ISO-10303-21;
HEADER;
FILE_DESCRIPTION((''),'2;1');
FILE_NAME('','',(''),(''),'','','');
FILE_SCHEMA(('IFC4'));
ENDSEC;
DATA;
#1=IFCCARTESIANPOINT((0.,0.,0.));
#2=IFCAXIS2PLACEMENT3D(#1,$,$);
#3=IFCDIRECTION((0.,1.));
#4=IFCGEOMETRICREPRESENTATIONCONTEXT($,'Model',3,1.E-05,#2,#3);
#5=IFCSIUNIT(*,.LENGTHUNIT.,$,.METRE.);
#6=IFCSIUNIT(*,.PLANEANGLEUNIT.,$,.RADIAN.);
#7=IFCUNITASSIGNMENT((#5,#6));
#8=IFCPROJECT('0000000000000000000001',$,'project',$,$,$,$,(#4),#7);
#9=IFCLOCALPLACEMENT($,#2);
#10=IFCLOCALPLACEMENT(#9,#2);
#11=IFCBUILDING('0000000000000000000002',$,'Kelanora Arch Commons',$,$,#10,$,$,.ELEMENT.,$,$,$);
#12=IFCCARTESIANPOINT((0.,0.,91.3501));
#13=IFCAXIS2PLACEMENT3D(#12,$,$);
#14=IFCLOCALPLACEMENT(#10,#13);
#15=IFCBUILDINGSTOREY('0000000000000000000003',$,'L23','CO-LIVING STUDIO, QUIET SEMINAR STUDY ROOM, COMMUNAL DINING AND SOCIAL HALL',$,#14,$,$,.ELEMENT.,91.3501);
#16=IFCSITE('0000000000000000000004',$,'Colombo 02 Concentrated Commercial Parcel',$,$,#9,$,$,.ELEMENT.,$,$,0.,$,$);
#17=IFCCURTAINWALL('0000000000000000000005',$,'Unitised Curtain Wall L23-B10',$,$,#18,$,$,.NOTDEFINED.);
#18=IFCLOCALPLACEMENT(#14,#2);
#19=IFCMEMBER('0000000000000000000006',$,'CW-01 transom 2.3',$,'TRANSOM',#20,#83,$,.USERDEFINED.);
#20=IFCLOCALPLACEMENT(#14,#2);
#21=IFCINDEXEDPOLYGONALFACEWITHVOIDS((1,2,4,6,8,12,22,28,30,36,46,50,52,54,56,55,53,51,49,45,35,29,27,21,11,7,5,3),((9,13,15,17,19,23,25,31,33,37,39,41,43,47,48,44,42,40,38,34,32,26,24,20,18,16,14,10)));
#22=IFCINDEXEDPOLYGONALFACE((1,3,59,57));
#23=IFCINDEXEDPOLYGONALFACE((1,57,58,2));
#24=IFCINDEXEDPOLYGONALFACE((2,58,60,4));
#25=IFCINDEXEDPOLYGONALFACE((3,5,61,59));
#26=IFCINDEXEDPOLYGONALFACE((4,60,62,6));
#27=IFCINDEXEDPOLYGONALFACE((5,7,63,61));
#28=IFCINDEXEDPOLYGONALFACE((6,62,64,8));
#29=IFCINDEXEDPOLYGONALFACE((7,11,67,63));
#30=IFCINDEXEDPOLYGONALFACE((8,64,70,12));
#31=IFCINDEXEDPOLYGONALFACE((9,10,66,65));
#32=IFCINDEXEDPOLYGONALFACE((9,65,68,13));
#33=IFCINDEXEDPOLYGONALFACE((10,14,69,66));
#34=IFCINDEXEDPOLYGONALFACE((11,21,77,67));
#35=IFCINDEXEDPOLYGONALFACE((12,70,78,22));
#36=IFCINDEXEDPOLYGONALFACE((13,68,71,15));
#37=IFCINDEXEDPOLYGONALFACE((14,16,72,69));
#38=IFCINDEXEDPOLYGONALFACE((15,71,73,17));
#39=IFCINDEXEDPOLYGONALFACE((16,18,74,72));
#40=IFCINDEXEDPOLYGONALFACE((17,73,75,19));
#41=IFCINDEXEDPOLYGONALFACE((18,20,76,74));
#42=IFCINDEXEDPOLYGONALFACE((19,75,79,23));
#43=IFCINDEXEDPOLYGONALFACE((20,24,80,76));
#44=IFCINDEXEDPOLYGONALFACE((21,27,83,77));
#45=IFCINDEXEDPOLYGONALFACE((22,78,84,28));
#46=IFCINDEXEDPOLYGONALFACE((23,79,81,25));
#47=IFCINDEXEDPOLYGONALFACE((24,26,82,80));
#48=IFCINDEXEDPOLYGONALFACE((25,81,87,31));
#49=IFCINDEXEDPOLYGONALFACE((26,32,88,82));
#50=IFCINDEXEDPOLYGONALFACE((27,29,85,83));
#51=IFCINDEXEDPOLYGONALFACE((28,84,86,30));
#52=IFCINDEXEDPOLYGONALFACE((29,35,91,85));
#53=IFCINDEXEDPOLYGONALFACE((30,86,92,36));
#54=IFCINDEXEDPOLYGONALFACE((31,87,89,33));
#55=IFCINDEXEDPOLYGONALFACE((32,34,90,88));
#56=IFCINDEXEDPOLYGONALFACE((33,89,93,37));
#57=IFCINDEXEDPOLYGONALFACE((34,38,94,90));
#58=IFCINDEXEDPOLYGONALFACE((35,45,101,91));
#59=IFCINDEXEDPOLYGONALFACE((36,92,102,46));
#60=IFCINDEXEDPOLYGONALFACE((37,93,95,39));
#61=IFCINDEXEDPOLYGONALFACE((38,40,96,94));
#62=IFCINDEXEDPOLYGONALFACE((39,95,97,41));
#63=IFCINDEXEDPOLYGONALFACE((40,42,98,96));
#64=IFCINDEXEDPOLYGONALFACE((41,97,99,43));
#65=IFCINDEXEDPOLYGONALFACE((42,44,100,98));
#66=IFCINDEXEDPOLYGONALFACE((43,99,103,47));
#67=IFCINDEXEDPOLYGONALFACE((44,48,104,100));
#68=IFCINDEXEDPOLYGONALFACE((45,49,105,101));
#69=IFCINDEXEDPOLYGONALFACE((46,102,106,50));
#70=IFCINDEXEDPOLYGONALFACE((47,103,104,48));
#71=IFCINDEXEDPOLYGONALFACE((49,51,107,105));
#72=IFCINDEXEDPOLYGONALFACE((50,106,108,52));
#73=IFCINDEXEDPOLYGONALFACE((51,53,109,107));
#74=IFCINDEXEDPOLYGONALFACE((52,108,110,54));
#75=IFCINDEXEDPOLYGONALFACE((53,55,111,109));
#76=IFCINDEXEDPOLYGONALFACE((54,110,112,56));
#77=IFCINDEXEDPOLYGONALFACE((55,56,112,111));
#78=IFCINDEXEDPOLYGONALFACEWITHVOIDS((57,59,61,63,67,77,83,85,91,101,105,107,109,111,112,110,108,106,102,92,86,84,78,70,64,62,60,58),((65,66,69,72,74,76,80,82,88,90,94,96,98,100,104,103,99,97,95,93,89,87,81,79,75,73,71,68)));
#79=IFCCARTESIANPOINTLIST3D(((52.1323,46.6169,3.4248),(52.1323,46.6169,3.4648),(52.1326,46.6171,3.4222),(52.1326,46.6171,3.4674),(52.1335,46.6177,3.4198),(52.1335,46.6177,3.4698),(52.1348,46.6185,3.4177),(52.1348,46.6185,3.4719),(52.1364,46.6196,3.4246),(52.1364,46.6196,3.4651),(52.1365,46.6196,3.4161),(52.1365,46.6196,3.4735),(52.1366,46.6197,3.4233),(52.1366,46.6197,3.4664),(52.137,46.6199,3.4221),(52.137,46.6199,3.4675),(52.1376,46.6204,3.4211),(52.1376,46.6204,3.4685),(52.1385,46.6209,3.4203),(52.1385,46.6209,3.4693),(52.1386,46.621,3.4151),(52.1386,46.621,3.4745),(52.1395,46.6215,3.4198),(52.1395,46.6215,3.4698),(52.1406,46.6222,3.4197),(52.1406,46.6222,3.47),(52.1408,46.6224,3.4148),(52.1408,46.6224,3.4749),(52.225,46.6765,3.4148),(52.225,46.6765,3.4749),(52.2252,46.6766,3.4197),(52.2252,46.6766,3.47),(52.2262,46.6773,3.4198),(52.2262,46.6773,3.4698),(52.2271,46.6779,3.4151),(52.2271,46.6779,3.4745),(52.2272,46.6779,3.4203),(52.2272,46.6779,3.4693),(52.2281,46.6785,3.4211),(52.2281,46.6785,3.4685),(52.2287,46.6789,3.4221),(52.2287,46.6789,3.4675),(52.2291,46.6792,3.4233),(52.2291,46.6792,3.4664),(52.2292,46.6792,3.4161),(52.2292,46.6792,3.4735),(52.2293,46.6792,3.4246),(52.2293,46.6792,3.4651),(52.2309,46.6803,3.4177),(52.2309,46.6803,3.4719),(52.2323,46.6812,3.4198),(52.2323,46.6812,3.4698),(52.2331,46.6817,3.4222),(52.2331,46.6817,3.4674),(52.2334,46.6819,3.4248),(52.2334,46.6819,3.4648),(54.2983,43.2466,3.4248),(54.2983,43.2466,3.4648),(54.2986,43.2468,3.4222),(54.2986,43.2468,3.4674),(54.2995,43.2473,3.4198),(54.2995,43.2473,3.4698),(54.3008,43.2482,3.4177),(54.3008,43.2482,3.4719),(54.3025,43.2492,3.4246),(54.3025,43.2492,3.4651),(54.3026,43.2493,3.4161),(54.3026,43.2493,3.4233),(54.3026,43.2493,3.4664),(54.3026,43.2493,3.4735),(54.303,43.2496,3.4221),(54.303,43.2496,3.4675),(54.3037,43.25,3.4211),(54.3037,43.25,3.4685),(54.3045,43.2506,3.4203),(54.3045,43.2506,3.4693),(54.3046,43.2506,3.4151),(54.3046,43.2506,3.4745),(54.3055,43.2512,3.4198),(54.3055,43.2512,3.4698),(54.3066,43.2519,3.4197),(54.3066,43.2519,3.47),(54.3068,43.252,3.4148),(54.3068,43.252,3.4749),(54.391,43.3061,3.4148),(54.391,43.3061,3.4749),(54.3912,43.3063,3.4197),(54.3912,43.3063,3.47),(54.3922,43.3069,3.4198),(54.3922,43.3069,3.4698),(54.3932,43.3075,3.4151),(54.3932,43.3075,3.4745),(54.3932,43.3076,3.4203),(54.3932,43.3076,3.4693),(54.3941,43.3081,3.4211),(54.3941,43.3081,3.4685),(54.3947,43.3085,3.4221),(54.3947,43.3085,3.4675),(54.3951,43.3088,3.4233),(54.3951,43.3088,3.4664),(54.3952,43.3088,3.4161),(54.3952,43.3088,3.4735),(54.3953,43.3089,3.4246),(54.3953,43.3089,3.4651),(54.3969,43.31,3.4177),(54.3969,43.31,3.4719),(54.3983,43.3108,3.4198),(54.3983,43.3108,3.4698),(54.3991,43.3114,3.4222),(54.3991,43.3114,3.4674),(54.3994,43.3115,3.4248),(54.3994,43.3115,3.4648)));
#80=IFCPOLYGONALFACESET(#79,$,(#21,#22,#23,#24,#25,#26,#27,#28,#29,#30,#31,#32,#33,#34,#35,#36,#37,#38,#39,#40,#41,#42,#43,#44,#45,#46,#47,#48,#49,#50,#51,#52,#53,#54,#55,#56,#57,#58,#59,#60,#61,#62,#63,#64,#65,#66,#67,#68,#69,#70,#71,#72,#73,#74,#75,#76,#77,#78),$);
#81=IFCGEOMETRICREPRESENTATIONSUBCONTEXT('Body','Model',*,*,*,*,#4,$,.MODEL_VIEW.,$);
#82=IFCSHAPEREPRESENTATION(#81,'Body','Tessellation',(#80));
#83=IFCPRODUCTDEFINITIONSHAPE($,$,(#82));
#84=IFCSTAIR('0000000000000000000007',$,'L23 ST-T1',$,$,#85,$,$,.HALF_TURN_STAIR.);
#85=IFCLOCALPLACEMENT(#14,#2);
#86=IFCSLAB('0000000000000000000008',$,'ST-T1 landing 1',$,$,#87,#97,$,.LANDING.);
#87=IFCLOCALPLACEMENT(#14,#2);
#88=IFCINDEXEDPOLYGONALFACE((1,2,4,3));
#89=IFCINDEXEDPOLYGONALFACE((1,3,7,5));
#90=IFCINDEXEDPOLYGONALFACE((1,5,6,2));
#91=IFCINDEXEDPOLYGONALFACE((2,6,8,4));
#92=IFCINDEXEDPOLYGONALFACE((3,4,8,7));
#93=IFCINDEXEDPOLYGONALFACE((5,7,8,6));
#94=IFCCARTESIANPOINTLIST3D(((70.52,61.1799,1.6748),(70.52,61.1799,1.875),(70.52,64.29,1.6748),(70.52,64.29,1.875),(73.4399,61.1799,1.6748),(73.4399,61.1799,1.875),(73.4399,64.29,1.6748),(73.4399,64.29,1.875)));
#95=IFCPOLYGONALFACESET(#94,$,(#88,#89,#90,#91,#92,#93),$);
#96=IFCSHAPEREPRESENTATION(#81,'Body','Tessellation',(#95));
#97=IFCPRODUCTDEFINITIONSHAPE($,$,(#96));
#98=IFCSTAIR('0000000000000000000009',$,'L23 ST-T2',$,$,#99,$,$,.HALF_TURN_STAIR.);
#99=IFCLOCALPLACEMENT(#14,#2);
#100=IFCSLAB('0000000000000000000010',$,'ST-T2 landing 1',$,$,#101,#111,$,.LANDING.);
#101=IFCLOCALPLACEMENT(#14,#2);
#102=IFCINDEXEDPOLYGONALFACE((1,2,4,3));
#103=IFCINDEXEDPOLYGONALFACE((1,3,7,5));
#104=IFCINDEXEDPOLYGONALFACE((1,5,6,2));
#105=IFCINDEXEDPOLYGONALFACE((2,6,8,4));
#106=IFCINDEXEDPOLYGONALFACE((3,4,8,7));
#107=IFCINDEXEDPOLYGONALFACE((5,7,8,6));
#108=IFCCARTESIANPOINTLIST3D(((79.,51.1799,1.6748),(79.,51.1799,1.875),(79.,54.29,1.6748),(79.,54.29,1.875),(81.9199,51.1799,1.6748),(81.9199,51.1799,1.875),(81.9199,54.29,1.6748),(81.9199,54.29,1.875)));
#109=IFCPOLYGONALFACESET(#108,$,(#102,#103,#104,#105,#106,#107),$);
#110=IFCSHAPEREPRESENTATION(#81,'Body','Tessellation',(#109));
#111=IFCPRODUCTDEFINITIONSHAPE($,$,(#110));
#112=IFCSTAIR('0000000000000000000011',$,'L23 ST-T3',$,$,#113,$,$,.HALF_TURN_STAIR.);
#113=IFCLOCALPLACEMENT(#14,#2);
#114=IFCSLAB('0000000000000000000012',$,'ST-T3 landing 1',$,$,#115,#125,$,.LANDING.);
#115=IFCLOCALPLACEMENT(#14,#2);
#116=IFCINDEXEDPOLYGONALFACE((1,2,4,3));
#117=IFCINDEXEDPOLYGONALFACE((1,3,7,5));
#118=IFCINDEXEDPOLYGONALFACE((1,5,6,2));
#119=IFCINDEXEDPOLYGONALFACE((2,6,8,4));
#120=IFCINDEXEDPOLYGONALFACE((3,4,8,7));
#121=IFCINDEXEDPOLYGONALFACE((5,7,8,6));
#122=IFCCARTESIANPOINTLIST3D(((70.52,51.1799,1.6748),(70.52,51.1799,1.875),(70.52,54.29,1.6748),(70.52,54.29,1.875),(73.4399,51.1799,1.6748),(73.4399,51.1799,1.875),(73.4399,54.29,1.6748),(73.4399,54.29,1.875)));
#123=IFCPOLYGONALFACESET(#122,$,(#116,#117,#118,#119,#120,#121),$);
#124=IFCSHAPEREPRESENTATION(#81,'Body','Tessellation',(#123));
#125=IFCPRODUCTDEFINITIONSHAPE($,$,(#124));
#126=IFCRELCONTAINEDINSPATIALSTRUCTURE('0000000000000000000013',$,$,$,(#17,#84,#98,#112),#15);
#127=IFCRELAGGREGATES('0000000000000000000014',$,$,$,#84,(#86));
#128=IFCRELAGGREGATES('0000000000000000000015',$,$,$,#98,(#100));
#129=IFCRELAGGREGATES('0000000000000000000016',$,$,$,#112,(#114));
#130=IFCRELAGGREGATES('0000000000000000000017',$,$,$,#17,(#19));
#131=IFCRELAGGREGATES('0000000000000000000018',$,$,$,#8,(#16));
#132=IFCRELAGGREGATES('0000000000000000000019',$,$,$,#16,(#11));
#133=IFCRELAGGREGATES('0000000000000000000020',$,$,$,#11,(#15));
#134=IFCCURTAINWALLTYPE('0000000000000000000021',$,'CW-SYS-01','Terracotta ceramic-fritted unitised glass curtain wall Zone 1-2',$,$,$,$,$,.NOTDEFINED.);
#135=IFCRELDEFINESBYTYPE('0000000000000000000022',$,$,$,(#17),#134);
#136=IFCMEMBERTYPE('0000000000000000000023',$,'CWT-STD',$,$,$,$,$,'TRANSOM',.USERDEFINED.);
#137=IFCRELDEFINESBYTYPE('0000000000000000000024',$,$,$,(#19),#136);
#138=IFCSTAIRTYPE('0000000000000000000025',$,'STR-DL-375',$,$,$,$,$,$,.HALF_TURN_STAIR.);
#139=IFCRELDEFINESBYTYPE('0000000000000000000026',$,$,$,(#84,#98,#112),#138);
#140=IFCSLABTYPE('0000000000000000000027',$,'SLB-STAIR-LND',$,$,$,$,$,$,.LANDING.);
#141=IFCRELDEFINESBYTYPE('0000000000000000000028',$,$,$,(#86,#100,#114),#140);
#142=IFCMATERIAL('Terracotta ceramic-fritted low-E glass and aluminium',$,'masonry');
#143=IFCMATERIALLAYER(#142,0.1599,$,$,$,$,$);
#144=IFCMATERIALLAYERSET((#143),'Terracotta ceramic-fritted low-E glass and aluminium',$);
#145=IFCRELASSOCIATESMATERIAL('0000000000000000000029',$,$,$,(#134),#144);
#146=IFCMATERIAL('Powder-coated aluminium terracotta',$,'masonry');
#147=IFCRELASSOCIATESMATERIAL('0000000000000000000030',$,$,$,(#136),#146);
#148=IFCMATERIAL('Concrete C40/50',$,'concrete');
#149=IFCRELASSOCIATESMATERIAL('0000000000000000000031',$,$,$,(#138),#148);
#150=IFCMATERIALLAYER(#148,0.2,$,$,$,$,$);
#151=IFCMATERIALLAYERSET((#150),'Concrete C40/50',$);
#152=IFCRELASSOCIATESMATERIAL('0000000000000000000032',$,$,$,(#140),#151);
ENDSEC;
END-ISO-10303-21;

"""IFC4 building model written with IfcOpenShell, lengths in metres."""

from ifc_helpers import new_model, si_unit, direction, frame, origin, origin_2d, place, context, subcontext, project, spatial, polyline, hollow_rectangle, outline, extrude, material, layer, layer_set, material_profile, profile_set, type_object, element, aggregate, save


model = new_model("IFC4")

# Units and contexts
model_context = context("Model", 3, precision=1e-05, world=origin(), true_north=direction((0.0, 1.0)))
body_context = subcontext(model_context, "Body", "Model", "MODEL_VIEW")
ifc_project = project(units=[si_unit("LENGTHUNIT", "METRE"), si_unit("PLANEANGLEUNIT", "RADIAN")], contexts=[model_context])

# Site, building, storey
site_placement = place(None, origin())
site = spatial("IfcSite", under=ifc_project, at=site_placement, Name="Colombo 02 Concentrated Commercial Parcel", CompositionType="ELEMENT", RefElevation=0.0)
building_placement = place(site_placement, origin())
building = spatial("IfcBuilding", under=site, at=building_placement, Name="Kelanora Arch Commons", CompositionType="ELEMENT")
storey_placement = place(building_placement, frame((0.0, 0.0, 91.3501)))
storey = spatial("IfcBuildingStorey", under=building, at=storey_placement, Name="L23", Description="CO-LIVING STUDIO, QUIET SEMINAR STUDY ROOM, COMMUNAL DINING AND SOCIAL HALL", CompositionType="ELEMENT", Elevation=91.3501)

# Shared definitions
ifc_material_1 = material(Name="Terracotta ceramic-fritted low-E glass and aluminium", Category="masonry")
ifc_layer_1 = layer(ifc_material_1, 0.1599)
ifc_layer_set_1 = layer_set([ifc_layer_1], Name="Terracotta ceramic-fritted low-E glass and aluminium")
curtain_wall_type = type_object("IfcCurtainWallType", Name="CW-SYS-01", Description="Terracotta ceramic-fritted unitised glass curtain wall Zone 1-2", PredefinedType="NOTDEFINED", material=ifc_layer_set_1)
ifc_material_2 = material(Name="Powder-coated aluminium terracotta", Category="masonry")

# Curtain wall, member
curtain_wall_1_placement = place(storey_placement, origin())
curtain_wall_1 = element("IfcCurtainWall", 1, at=curtain_wall_1_placement, inside=storey, type_object=curtain_wall_type, Name="Unitised Curtain Wall L23-B10", PredefinedType="NOTDEFINED")
ifc_material_profile_1 = material_profile(ifc_material_2, hollow_rectangle(XDim=0.1201, YDim=0.0601, WallThickness=0.0049, InnerFilletRadius=0.0049, OuterFilletRadius=0.01, at=origin_2d()), Name="CWT120x60")
ifc_profile_set_1 = profile_set([ifc_material_profile_1], Name="Powder-coated aluminium terracotta")
member_type_1 = type_object("IfcMemberType", Name="CWT-STD", ElementType="TRANSOM", PredefinedType="USERDEFINED", material=ifc_profile_set_1)
member_1_placement = place(storey_placement, frame((52.1829, 46.6494, 3.4448), z_axis=(0.540644, -0.841252, 0.0), x_axis=(0.841252, 0.540644, 0.0)))
member_1 = element("IfcMember", 2, at=member_1_placement, type_object=member_type_1, Name="CW-01 transom 2.3", ObjectType="TRANSOM", PredefinedType="USERDEFINED", context=body_context, shape_type="SweptSolid", body=[
    extrude(hollow_rectangle(XDim=0.1201, YDim=0.0601, WallThickness=0.0049, InnerFilletRadius=0.0049, OuterFilletRadius=0.01, at=origin_2d()), origin(), (0.0, 0.0, 1.0), 4.0063),
])

# Stairs, slabs
ifc_material_3 = material(Name="Concrete C40/50", Category="concrete")
stair_type = type_object("IfcStairType", Name="STR-DL-375", PredefinedType="HALF_TURN_STAIR", material=ifc_material_3)
stair_1_placement = place(storey_placement, origin())
stair_1 = element("IfcStair", 3, at=stair_1_placement, inside=storey, type_object=stair_type, Name="L23 ST-T1", PredefinedType="HALF_TURN_STAIR")
ifc_layer_2 = layer(ifc_material_3, 0.2)
ifc_layer_set_2 = layer_set([ifc_layer_2], Name="Concrete C40/50")
slab_type_1 = type_object("IfcSlabType", Name="SLB-STAIR-LND", PredefinedType="LANDING", material=ifc_layer_set_2)
slab_1_placement = place(storey_placement, frame((0.0, 0.0, 1.6748)))
slab_1 = element("IfcSlab", 4, at=slab_1_placement, type_object=slab_type_1, Name="ST-T1 landing 1", PredefinedType="LANDING", context=body_context, shape_type="SweptSolid", body=[
    extrude(outline(polyline([(70.52, 61.1799), (73.4399, 61.1799), (73.4399, 64.29), (70.52, 64.29), (70.52, 61.1799)])), origin(), (0.0, 0.0, 1.0), 0.2002),
])
aggregate(stair_1, [slab_1])
stair_2_placement = place(storey_placement, origin())
stair_2 = element("IfcStair", 5, at=stair_2_placement, inside=storey, type_object=stair_type, Name="L23 ST-T2", PredefinedType="HALF_TURN_STAIR")
slab_2_placement = place(storey_placement, frame((0.0, 0.0, 1.6748)))
slab_2 = element("IfcSlab", 6, at=slab_2_placement, type_object=slab_type_1, Name="ST-T2 landing 1", PredefinedType="LANDING", context=body_context, shape_type="SweptSolid", body=[
    extrude(outline(polyline([(79.0, 51.1799), (81.9199, 51.1799), (81.9199, 54.29), (79.0, 54.29), (79.0, 51.1799)])), origin(), (0.0, 0.0, 1.0), 0.2002),
])
aggregate(stair_2, [slab_2])
stair_3_placement = place(storey_placement, origin())
stair_3 = element("IfcStair", 7, at=stair_3_placement, inside=storey, type_object=stair_type, Name="L23 ST-T3", PredefinedType="HALF_TURN_STAIR")
slab_3_placement = place(storey_placement, frame((0.0, 0.0, 1.6748)))
slab_3 = element("IfcSlab", 8, at=slab_3_placement, type_object=slab_type_1, Name="ST-T3 landing 1", PredefinedType="LANDING", context=body_context, shape_type="SweptSolid", body=[
    extrude(outline(polyline([(70.52, 51.1799), (73.4399, 51.1799), (73.4399, 54.29), (70.52, 54.29), (70.52, 51.1799)])), origin(), (0.0, 0.0, 1.0), 0.2002),
])
aggregate(stair_3, [slab_3])

aggregate(curtain_wall_1, [member_1])

save(model, "model.ifc")
